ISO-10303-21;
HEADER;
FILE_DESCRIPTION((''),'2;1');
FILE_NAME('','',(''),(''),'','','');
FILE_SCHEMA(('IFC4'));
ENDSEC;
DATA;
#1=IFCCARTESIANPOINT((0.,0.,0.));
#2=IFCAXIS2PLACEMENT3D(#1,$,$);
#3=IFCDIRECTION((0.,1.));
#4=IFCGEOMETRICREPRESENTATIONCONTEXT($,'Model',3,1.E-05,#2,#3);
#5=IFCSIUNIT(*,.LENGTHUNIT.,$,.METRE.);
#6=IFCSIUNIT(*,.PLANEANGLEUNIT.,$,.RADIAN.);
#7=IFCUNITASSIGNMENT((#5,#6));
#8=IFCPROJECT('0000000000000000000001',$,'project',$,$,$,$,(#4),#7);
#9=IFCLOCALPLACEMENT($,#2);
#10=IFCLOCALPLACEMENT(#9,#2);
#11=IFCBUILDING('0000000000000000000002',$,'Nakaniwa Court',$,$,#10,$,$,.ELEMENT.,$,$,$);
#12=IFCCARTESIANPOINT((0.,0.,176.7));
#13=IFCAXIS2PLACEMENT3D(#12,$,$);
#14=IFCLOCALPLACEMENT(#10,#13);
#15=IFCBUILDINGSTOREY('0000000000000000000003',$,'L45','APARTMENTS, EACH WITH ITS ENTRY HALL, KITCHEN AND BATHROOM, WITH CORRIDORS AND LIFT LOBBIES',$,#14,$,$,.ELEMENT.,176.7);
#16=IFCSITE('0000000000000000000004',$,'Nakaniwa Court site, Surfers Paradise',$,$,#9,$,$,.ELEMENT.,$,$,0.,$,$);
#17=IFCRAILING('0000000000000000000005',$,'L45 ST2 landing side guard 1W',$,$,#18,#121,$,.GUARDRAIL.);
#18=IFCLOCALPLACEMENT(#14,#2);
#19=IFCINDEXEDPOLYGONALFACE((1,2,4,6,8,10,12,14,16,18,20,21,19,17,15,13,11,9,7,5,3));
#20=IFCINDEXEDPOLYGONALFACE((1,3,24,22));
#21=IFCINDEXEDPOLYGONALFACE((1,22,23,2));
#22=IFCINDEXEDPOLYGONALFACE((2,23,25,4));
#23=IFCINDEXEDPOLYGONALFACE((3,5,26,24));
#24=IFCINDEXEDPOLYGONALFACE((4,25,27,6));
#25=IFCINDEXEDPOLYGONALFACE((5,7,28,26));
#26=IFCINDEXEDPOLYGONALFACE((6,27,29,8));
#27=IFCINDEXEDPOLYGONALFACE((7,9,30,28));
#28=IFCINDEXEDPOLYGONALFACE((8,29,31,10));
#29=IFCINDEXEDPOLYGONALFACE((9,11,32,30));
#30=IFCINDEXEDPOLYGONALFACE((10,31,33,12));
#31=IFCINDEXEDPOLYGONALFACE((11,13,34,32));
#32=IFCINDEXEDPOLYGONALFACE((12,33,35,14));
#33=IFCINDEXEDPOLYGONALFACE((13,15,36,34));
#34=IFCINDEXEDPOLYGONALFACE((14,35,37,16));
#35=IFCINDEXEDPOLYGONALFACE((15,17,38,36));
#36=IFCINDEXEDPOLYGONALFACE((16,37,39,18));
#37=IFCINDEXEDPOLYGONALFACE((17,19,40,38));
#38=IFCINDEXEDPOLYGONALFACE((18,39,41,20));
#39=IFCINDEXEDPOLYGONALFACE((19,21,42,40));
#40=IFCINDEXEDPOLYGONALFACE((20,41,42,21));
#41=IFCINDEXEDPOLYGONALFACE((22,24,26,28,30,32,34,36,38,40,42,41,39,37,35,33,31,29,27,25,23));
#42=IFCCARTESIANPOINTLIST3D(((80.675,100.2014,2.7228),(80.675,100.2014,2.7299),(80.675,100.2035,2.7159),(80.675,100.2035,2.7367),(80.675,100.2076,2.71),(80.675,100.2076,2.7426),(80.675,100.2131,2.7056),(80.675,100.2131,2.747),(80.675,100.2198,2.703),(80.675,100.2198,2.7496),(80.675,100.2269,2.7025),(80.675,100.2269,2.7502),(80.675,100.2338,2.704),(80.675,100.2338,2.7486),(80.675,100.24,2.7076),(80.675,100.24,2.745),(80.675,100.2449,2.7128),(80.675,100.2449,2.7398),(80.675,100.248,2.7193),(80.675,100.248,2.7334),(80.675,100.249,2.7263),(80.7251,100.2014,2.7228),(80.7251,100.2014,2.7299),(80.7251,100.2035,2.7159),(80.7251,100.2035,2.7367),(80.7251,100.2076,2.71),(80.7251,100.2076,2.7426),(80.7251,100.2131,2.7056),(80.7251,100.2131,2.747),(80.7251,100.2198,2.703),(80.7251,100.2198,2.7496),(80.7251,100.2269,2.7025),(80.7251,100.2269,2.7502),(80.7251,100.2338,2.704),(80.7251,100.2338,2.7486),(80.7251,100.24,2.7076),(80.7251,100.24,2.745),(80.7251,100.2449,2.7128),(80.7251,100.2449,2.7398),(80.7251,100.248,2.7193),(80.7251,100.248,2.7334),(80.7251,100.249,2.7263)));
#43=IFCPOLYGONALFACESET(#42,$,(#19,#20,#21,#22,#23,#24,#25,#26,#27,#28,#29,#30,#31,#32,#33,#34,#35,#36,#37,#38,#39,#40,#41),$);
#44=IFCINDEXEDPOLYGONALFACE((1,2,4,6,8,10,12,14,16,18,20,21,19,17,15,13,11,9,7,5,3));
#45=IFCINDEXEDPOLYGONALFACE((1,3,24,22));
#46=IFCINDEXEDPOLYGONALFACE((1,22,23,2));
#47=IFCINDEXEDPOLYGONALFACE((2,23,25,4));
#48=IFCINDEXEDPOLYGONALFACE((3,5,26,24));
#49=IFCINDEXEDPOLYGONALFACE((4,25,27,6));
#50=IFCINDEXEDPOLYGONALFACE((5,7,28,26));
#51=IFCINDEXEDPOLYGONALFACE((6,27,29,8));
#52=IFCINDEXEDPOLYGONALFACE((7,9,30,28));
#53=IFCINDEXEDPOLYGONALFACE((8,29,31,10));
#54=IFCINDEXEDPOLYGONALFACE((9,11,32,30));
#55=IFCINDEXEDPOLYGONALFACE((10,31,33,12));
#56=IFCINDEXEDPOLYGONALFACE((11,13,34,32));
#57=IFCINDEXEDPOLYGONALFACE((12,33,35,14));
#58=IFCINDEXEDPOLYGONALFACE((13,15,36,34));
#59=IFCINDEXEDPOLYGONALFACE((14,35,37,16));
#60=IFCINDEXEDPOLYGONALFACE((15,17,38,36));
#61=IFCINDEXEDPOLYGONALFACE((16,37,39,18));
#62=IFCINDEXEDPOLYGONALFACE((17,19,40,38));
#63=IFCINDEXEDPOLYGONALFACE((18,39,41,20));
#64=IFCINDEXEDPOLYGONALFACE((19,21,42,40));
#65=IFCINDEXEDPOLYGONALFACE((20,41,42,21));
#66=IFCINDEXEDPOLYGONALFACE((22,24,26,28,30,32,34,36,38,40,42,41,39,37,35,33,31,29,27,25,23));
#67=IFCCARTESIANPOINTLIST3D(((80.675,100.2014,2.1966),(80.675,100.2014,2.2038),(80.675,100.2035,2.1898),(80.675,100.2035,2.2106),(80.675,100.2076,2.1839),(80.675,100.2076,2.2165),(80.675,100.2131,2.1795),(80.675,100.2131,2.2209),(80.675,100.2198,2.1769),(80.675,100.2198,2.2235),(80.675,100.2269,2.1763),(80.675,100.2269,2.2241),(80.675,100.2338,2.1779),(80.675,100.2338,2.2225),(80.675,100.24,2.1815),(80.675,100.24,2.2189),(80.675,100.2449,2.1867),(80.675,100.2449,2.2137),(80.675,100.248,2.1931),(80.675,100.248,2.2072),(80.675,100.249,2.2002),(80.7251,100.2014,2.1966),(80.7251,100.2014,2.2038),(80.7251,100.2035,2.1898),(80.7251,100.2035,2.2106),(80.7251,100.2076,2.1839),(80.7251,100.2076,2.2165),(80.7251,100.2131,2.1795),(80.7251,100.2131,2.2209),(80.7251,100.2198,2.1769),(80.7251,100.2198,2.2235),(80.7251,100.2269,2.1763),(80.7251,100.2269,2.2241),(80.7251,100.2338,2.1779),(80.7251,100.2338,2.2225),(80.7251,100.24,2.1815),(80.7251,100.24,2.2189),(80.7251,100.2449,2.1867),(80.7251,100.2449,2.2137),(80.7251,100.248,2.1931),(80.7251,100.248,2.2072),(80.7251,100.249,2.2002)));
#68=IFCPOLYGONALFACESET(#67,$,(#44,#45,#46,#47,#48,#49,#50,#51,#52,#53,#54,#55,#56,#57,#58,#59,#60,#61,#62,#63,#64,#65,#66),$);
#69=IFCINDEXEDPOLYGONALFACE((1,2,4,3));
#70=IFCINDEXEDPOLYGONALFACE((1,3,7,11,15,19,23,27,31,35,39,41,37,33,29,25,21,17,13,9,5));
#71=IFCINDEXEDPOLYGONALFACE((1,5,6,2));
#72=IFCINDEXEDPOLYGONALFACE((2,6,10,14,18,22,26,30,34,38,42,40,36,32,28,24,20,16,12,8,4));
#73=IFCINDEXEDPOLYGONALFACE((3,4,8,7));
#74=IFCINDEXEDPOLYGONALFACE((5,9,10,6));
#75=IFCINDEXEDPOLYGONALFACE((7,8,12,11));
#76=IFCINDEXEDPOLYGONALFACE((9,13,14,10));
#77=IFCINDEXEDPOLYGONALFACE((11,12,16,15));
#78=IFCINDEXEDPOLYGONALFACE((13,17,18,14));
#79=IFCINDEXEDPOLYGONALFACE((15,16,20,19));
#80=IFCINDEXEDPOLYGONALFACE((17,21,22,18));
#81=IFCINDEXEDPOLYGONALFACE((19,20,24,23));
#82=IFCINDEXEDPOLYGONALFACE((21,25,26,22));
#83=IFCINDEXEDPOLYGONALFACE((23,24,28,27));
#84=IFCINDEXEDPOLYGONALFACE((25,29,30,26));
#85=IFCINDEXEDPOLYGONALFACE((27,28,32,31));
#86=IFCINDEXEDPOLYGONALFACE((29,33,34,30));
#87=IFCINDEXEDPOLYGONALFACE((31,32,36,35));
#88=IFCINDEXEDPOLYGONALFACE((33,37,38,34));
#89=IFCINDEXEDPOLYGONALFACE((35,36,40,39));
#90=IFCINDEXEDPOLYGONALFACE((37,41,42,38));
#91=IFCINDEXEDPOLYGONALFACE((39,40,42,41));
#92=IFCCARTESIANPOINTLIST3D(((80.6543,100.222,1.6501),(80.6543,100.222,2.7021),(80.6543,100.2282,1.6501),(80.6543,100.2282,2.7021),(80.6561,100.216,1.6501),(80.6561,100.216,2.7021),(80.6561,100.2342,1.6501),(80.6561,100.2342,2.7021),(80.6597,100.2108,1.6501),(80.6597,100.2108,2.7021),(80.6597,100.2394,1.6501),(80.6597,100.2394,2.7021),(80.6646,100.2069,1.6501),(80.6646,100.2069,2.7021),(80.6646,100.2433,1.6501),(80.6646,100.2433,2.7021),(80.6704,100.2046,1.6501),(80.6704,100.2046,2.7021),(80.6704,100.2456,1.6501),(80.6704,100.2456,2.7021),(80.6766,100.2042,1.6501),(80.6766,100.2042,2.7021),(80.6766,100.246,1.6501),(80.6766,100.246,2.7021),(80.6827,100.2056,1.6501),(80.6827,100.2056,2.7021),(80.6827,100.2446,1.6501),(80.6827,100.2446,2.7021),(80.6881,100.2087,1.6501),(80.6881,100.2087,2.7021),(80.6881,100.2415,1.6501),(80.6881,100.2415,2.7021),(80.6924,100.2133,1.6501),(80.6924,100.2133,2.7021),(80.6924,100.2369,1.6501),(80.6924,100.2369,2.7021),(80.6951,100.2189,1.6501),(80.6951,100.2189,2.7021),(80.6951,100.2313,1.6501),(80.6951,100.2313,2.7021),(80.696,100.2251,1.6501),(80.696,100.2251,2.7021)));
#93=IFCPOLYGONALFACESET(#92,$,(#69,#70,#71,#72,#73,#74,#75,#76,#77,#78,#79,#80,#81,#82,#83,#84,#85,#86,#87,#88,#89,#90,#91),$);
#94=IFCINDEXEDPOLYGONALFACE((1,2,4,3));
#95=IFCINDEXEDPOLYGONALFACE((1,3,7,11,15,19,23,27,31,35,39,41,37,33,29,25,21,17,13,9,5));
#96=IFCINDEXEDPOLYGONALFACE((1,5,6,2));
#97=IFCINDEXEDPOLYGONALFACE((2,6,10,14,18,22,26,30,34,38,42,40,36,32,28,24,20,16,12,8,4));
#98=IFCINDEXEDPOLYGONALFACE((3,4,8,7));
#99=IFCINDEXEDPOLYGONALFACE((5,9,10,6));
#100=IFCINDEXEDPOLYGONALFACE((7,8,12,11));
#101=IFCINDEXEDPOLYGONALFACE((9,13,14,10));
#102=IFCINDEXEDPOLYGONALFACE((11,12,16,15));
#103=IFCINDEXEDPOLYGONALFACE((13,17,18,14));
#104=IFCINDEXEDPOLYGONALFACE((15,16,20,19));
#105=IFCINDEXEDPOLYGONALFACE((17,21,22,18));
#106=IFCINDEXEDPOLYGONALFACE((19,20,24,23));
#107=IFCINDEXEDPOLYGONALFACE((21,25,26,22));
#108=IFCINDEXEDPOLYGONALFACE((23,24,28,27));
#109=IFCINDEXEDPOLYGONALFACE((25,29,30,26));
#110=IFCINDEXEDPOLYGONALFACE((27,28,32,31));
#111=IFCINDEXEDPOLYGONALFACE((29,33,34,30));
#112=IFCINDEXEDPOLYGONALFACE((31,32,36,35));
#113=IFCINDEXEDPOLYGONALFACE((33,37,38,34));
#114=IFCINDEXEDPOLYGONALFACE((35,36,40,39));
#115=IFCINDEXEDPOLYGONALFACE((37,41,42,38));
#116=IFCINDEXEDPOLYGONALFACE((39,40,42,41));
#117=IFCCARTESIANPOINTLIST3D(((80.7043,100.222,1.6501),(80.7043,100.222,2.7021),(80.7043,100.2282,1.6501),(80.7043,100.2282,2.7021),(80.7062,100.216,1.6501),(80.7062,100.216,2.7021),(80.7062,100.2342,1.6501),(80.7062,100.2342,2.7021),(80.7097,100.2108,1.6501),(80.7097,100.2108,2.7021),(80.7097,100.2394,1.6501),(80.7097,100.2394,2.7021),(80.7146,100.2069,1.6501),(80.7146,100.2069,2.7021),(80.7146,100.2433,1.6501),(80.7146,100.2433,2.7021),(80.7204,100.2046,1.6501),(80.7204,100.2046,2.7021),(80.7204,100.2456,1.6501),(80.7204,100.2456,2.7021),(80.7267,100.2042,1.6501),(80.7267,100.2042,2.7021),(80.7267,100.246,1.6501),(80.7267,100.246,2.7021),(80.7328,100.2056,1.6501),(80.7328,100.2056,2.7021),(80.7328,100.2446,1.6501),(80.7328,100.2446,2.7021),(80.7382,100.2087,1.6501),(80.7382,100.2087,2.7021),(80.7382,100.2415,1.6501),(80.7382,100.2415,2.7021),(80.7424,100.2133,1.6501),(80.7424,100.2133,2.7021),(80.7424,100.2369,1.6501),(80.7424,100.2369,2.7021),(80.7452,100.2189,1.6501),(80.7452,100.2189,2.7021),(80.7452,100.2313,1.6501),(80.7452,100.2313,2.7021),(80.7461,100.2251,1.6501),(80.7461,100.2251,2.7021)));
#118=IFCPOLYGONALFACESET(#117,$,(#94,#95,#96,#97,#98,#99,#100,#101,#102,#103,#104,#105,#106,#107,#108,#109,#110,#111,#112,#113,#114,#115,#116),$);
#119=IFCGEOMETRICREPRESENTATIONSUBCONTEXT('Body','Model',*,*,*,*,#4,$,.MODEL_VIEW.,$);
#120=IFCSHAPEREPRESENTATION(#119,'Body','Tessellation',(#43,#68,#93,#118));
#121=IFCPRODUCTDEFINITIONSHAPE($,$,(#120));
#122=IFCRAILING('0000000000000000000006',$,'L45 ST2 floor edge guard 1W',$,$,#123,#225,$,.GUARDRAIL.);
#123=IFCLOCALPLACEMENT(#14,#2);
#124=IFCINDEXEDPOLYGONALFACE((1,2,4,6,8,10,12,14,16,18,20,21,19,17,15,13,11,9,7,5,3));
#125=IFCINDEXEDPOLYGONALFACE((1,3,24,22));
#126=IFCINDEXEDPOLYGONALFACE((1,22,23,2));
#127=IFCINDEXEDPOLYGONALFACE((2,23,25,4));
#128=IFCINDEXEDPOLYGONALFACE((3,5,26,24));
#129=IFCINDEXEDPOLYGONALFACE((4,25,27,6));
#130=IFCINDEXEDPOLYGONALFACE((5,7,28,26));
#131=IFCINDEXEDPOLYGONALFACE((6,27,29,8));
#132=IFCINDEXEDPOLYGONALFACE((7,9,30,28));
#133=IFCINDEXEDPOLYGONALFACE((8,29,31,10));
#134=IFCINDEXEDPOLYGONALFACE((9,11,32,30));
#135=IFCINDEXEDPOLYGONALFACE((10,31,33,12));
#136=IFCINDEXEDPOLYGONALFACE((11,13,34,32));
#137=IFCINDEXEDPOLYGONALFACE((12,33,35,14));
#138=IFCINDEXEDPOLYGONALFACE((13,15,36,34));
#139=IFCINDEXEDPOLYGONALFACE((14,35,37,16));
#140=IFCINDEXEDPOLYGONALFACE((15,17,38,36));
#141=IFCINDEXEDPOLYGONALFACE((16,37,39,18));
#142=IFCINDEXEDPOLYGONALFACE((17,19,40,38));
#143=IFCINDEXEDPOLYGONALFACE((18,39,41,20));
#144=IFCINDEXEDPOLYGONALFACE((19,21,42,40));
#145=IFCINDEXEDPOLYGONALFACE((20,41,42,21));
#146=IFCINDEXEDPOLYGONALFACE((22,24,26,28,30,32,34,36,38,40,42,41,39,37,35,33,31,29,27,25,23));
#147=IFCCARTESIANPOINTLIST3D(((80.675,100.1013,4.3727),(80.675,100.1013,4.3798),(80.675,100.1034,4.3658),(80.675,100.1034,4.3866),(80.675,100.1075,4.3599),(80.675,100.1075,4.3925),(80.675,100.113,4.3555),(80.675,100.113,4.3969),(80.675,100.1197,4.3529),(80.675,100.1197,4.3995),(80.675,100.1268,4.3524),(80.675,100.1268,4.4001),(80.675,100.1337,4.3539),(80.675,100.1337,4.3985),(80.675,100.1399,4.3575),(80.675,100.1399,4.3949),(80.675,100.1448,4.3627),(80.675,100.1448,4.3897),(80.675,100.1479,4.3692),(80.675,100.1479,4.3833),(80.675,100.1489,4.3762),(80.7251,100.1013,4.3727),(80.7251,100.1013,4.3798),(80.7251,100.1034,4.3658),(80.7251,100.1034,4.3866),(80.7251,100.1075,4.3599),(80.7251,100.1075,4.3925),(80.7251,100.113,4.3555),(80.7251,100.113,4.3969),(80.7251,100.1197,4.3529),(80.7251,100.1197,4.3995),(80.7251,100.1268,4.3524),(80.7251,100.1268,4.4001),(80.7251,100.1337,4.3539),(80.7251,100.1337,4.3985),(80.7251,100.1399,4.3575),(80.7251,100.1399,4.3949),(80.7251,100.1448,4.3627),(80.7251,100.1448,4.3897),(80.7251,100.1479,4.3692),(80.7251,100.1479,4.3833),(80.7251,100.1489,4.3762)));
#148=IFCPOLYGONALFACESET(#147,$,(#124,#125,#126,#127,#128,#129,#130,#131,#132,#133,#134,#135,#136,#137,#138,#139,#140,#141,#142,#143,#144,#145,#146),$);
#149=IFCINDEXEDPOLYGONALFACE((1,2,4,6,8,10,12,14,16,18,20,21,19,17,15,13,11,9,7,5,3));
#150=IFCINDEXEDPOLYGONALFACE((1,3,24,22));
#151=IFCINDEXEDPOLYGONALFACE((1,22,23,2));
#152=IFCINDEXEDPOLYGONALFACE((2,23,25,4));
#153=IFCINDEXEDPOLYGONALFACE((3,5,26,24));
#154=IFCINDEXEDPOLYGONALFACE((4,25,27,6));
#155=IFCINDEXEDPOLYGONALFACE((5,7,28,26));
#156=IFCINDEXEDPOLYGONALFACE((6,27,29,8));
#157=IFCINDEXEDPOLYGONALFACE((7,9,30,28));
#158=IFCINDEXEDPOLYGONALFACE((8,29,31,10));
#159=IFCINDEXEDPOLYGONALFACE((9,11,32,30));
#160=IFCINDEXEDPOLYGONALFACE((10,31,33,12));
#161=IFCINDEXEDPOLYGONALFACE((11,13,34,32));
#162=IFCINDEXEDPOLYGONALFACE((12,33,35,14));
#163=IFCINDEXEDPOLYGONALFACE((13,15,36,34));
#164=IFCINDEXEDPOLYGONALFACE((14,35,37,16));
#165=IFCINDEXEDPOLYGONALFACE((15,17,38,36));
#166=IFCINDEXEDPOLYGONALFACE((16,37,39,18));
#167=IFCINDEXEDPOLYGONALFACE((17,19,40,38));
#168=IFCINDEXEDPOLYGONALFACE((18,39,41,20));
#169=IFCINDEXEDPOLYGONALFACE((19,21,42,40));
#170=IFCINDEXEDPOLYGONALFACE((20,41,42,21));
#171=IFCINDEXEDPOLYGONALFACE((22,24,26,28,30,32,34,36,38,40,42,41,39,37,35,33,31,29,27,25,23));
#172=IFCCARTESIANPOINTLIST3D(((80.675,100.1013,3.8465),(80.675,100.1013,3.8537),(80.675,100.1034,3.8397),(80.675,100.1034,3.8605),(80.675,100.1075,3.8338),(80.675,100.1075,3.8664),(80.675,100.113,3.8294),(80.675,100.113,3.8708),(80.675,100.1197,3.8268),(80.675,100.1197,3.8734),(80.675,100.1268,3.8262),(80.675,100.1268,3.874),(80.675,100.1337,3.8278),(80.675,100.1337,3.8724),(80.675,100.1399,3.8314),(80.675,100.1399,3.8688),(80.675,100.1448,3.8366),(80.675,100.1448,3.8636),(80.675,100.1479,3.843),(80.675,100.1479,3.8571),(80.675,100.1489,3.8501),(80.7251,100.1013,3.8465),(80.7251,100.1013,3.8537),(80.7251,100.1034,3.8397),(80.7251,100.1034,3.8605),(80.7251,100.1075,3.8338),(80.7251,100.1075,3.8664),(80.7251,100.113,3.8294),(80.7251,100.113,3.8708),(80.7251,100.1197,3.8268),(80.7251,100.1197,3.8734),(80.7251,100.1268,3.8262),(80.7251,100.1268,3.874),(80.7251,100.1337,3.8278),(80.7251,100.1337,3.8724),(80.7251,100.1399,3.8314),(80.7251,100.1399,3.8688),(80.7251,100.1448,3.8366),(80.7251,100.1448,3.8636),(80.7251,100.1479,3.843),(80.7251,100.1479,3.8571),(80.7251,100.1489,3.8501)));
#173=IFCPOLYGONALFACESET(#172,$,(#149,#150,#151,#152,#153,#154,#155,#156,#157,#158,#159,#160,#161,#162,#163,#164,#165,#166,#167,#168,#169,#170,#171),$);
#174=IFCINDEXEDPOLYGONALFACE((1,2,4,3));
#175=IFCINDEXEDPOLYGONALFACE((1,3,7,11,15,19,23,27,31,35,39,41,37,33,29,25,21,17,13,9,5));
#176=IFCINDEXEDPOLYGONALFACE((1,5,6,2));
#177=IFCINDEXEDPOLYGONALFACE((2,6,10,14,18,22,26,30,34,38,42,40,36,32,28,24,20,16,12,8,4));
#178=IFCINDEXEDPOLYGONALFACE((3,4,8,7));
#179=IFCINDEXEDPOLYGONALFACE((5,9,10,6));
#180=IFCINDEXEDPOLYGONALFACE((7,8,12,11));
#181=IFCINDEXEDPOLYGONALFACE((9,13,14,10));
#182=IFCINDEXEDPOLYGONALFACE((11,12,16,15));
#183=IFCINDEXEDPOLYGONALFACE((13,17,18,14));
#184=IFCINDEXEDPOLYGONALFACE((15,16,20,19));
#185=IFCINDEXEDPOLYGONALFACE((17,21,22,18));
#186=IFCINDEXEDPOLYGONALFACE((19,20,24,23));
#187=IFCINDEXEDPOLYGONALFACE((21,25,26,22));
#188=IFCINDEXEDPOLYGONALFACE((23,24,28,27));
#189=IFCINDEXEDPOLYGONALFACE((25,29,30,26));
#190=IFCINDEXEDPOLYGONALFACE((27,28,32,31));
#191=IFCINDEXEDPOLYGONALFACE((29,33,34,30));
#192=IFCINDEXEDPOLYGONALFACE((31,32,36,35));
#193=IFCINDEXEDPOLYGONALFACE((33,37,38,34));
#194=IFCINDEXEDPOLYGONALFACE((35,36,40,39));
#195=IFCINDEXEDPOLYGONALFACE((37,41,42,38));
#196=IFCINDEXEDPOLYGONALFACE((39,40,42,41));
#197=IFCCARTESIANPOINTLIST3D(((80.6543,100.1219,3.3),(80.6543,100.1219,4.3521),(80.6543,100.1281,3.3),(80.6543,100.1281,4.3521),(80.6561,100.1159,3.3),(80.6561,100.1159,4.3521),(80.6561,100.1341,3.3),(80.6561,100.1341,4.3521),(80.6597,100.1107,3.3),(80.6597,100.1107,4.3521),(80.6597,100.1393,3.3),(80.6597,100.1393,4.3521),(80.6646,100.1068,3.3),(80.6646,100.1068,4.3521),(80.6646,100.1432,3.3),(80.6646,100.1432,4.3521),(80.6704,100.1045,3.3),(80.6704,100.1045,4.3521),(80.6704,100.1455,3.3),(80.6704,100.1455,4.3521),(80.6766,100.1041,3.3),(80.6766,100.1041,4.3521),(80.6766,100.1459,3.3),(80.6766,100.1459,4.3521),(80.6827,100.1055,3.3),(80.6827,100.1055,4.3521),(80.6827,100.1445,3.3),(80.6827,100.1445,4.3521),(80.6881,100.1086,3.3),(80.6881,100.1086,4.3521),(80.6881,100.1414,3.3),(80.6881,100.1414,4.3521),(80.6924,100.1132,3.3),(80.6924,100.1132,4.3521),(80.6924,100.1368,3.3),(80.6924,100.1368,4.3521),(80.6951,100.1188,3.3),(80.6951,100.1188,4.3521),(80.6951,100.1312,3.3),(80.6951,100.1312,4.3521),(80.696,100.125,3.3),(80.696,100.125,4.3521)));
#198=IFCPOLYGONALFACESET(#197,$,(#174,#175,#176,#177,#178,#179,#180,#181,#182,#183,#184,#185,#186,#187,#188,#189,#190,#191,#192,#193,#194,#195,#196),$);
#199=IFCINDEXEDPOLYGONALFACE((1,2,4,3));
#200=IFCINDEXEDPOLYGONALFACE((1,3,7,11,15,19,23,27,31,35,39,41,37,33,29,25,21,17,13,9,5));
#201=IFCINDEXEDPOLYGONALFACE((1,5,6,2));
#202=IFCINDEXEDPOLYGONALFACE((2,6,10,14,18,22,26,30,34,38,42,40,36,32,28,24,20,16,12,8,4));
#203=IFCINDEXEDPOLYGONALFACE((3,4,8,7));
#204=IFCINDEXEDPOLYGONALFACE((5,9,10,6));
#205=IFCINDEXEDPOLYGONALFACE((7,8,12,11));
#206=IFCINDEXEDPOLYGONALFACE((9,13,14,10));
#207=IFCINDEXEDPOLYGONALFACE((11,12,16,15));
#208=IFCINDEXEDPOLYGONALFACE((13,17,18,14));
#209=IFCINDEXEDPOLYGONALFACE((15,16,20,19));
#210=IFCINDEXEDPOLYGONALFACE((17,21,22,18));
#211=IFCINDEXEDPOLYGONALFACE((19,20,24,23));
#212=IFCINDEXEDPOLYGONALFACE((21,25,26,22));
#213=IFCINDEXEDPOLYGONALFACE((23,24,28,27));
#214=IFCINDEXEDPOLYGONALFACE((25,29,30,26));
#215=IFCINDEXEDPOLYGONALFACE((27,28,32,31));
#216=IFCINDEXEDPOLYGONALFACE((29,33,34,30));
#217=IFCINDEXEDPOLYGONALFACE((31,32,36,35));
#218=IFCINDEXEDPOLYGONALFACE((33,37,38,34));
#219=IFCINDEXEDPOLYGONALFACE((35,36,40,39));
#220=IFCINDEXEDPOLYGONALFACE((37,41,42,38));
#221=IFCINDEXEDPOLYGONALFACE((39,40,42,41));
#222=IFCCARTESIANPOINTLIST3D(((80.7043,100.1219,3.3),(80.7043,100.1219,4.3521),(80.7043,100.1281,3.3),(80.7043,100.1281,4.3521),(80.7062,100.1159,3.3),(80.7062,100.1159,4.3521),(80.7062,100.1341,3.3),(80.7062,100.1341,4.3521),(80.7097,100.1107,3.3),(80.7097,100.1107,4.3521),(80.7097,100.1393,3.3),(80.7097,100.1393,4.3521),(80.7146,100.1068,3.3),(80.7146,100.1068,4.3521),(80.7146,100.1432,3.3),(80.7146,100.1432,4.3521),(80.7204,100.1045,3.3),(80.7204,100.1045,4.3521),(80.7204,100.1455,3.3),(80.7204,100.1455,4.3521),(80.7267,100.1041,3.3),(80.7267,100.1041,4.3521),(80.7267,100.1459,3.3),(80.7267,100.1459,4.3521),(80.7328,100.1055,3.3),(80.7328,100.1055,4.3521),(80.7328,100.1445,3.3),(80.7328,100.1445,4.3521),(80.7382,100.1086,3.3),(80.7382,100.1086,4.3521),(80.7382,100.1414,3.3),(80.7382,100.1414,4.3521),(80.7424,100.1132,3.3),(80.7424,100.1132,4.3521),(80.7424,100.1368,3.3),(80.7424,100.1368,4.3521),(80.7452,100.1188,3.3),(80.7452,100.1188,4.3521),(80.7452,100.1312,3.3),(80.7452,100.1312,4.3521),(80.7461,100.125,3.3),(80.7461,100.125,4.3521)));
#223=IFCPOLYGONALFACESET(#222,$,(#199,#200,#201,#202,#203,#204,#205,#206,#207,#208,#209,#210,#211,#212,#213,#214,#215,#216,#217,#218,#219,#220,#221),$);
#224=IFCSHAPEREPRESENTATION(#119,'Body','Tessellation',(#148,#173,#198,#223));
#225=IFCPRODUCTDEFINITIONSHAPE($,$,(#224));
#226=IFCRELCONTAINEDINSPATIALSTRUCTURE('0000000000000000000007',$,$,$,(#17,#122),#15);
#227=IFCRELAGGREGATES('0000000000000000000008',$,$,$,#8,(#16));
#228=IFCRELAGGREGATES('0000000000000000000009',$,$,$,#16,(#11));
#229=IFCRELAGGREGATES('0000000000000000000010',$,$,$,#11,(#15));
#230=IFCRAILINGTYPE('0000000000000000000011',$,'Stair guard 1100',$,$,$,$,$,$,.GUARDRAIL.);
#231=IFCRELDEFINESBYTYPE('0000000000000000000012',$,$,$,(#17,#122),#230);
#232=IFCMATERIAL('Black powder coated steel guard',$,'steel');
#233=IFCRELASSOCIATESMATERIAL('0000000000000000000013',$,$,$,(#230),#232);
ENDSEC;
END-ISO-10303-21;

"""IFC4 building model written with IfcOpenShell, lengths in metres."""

from ifc_helpers import new_model, si_unit, direction, frame, origin, origin_2d, place, context, subcontext, project, spatial, circle, extrude, material, type_object, element, save


model = new_model("IFC4")

# Units and contexts
model_context = context("Model", 3, precision=1e-05, world=origin(), true_north=direction((0.0, 1.0)))
body_context = subcontext(model_context, "Body", "Model", "MODEL_VIEW")
ifc_project = project(units=[si_unit("LENGTHUNIT", "METRE"), si_unit("PLANEANGLEUNIT", "RADIAN")], contexts=[model_context])

# Site, building, storey
site_placement = place(None, origin())
site = spatial("IfcSite", under=ifc_project, at=site_placement, Name="Nakaniwa Court site, Surfers Paradise", CompositionType="ELEMENT", RefElevation=0.0)
building_placement = place(site_placement, origin())
building = spatial("IfcBuilding", under=site, at=building_placement, Name="Nakaniwa Court", CompositionType="ELEMENT")
storey_placement = place(building_placement, frame((0.0, 0.0, 176.7)))
storey = spatial("IfcBuildingStorey", under=building, at=storey_placement, Name="L45", Description="APARTMENTS, EACH WITH ITS ENTRY HALL, KITCHEN AND BATHROOM, WITH CORRIDORS AND LIFT LOBBIES", CompositionType="ELEMENT", Elevation=176.7)

# Railings
ifc_material_1 = material(Name="Black powder coated steel guard", Category="steel")
railing_type_1 = type_object("IfcRailingType", Name="Stair guard 1100", PredefinedType="GUARDRAIL", material=ifc_material_1)
for number, where, name in (
    (1, (80.675, 100.2251, 1.6501), "L45 ST2 landing side guard 1W"),
    (2, (80.675, 100.125, 3.3), "L45 ST2 floor edge guard 1W"),
):
    element("IfcRailing", number, at=place(storey_placement, frame(where)), inside=storey, type_object=railing_type_1, Name=name, PredefinedType="GUARDRAIL", context=body_context, shape_type="SweptSolid", body=[
        extrude(circle(Radius=0.0239, at=origin_2d()), frame((0.0, 0.0, 1.0762), z_axis=(1.0, 0.0, 0.0), x_axis=(0.0, 1.0, 0.0)), (0.0, 0.0, 1.0), 0.05),
        extrude(circle(Radius=0.0239, at=origin_2d()), frame((0.0, 0.0, 0.55), z_axis=(1.0, 0.0, 0.0), x_axis=(0.0, 1.0, 0.0)), (0.0, 0.0, 1.0), 0.05),
        extrude(circle(Radius=0.021, at=origin_2d()), origin(), (0.0, 0.0, 1.0), 1.052),
        extrude(circle(Radius=0.021, at=origin_2d()), frame((0.05, 0.0, 0.0)), (0.0, 0.0, 1.0), 1.052),
    ])

save(model, "model.ifc")
